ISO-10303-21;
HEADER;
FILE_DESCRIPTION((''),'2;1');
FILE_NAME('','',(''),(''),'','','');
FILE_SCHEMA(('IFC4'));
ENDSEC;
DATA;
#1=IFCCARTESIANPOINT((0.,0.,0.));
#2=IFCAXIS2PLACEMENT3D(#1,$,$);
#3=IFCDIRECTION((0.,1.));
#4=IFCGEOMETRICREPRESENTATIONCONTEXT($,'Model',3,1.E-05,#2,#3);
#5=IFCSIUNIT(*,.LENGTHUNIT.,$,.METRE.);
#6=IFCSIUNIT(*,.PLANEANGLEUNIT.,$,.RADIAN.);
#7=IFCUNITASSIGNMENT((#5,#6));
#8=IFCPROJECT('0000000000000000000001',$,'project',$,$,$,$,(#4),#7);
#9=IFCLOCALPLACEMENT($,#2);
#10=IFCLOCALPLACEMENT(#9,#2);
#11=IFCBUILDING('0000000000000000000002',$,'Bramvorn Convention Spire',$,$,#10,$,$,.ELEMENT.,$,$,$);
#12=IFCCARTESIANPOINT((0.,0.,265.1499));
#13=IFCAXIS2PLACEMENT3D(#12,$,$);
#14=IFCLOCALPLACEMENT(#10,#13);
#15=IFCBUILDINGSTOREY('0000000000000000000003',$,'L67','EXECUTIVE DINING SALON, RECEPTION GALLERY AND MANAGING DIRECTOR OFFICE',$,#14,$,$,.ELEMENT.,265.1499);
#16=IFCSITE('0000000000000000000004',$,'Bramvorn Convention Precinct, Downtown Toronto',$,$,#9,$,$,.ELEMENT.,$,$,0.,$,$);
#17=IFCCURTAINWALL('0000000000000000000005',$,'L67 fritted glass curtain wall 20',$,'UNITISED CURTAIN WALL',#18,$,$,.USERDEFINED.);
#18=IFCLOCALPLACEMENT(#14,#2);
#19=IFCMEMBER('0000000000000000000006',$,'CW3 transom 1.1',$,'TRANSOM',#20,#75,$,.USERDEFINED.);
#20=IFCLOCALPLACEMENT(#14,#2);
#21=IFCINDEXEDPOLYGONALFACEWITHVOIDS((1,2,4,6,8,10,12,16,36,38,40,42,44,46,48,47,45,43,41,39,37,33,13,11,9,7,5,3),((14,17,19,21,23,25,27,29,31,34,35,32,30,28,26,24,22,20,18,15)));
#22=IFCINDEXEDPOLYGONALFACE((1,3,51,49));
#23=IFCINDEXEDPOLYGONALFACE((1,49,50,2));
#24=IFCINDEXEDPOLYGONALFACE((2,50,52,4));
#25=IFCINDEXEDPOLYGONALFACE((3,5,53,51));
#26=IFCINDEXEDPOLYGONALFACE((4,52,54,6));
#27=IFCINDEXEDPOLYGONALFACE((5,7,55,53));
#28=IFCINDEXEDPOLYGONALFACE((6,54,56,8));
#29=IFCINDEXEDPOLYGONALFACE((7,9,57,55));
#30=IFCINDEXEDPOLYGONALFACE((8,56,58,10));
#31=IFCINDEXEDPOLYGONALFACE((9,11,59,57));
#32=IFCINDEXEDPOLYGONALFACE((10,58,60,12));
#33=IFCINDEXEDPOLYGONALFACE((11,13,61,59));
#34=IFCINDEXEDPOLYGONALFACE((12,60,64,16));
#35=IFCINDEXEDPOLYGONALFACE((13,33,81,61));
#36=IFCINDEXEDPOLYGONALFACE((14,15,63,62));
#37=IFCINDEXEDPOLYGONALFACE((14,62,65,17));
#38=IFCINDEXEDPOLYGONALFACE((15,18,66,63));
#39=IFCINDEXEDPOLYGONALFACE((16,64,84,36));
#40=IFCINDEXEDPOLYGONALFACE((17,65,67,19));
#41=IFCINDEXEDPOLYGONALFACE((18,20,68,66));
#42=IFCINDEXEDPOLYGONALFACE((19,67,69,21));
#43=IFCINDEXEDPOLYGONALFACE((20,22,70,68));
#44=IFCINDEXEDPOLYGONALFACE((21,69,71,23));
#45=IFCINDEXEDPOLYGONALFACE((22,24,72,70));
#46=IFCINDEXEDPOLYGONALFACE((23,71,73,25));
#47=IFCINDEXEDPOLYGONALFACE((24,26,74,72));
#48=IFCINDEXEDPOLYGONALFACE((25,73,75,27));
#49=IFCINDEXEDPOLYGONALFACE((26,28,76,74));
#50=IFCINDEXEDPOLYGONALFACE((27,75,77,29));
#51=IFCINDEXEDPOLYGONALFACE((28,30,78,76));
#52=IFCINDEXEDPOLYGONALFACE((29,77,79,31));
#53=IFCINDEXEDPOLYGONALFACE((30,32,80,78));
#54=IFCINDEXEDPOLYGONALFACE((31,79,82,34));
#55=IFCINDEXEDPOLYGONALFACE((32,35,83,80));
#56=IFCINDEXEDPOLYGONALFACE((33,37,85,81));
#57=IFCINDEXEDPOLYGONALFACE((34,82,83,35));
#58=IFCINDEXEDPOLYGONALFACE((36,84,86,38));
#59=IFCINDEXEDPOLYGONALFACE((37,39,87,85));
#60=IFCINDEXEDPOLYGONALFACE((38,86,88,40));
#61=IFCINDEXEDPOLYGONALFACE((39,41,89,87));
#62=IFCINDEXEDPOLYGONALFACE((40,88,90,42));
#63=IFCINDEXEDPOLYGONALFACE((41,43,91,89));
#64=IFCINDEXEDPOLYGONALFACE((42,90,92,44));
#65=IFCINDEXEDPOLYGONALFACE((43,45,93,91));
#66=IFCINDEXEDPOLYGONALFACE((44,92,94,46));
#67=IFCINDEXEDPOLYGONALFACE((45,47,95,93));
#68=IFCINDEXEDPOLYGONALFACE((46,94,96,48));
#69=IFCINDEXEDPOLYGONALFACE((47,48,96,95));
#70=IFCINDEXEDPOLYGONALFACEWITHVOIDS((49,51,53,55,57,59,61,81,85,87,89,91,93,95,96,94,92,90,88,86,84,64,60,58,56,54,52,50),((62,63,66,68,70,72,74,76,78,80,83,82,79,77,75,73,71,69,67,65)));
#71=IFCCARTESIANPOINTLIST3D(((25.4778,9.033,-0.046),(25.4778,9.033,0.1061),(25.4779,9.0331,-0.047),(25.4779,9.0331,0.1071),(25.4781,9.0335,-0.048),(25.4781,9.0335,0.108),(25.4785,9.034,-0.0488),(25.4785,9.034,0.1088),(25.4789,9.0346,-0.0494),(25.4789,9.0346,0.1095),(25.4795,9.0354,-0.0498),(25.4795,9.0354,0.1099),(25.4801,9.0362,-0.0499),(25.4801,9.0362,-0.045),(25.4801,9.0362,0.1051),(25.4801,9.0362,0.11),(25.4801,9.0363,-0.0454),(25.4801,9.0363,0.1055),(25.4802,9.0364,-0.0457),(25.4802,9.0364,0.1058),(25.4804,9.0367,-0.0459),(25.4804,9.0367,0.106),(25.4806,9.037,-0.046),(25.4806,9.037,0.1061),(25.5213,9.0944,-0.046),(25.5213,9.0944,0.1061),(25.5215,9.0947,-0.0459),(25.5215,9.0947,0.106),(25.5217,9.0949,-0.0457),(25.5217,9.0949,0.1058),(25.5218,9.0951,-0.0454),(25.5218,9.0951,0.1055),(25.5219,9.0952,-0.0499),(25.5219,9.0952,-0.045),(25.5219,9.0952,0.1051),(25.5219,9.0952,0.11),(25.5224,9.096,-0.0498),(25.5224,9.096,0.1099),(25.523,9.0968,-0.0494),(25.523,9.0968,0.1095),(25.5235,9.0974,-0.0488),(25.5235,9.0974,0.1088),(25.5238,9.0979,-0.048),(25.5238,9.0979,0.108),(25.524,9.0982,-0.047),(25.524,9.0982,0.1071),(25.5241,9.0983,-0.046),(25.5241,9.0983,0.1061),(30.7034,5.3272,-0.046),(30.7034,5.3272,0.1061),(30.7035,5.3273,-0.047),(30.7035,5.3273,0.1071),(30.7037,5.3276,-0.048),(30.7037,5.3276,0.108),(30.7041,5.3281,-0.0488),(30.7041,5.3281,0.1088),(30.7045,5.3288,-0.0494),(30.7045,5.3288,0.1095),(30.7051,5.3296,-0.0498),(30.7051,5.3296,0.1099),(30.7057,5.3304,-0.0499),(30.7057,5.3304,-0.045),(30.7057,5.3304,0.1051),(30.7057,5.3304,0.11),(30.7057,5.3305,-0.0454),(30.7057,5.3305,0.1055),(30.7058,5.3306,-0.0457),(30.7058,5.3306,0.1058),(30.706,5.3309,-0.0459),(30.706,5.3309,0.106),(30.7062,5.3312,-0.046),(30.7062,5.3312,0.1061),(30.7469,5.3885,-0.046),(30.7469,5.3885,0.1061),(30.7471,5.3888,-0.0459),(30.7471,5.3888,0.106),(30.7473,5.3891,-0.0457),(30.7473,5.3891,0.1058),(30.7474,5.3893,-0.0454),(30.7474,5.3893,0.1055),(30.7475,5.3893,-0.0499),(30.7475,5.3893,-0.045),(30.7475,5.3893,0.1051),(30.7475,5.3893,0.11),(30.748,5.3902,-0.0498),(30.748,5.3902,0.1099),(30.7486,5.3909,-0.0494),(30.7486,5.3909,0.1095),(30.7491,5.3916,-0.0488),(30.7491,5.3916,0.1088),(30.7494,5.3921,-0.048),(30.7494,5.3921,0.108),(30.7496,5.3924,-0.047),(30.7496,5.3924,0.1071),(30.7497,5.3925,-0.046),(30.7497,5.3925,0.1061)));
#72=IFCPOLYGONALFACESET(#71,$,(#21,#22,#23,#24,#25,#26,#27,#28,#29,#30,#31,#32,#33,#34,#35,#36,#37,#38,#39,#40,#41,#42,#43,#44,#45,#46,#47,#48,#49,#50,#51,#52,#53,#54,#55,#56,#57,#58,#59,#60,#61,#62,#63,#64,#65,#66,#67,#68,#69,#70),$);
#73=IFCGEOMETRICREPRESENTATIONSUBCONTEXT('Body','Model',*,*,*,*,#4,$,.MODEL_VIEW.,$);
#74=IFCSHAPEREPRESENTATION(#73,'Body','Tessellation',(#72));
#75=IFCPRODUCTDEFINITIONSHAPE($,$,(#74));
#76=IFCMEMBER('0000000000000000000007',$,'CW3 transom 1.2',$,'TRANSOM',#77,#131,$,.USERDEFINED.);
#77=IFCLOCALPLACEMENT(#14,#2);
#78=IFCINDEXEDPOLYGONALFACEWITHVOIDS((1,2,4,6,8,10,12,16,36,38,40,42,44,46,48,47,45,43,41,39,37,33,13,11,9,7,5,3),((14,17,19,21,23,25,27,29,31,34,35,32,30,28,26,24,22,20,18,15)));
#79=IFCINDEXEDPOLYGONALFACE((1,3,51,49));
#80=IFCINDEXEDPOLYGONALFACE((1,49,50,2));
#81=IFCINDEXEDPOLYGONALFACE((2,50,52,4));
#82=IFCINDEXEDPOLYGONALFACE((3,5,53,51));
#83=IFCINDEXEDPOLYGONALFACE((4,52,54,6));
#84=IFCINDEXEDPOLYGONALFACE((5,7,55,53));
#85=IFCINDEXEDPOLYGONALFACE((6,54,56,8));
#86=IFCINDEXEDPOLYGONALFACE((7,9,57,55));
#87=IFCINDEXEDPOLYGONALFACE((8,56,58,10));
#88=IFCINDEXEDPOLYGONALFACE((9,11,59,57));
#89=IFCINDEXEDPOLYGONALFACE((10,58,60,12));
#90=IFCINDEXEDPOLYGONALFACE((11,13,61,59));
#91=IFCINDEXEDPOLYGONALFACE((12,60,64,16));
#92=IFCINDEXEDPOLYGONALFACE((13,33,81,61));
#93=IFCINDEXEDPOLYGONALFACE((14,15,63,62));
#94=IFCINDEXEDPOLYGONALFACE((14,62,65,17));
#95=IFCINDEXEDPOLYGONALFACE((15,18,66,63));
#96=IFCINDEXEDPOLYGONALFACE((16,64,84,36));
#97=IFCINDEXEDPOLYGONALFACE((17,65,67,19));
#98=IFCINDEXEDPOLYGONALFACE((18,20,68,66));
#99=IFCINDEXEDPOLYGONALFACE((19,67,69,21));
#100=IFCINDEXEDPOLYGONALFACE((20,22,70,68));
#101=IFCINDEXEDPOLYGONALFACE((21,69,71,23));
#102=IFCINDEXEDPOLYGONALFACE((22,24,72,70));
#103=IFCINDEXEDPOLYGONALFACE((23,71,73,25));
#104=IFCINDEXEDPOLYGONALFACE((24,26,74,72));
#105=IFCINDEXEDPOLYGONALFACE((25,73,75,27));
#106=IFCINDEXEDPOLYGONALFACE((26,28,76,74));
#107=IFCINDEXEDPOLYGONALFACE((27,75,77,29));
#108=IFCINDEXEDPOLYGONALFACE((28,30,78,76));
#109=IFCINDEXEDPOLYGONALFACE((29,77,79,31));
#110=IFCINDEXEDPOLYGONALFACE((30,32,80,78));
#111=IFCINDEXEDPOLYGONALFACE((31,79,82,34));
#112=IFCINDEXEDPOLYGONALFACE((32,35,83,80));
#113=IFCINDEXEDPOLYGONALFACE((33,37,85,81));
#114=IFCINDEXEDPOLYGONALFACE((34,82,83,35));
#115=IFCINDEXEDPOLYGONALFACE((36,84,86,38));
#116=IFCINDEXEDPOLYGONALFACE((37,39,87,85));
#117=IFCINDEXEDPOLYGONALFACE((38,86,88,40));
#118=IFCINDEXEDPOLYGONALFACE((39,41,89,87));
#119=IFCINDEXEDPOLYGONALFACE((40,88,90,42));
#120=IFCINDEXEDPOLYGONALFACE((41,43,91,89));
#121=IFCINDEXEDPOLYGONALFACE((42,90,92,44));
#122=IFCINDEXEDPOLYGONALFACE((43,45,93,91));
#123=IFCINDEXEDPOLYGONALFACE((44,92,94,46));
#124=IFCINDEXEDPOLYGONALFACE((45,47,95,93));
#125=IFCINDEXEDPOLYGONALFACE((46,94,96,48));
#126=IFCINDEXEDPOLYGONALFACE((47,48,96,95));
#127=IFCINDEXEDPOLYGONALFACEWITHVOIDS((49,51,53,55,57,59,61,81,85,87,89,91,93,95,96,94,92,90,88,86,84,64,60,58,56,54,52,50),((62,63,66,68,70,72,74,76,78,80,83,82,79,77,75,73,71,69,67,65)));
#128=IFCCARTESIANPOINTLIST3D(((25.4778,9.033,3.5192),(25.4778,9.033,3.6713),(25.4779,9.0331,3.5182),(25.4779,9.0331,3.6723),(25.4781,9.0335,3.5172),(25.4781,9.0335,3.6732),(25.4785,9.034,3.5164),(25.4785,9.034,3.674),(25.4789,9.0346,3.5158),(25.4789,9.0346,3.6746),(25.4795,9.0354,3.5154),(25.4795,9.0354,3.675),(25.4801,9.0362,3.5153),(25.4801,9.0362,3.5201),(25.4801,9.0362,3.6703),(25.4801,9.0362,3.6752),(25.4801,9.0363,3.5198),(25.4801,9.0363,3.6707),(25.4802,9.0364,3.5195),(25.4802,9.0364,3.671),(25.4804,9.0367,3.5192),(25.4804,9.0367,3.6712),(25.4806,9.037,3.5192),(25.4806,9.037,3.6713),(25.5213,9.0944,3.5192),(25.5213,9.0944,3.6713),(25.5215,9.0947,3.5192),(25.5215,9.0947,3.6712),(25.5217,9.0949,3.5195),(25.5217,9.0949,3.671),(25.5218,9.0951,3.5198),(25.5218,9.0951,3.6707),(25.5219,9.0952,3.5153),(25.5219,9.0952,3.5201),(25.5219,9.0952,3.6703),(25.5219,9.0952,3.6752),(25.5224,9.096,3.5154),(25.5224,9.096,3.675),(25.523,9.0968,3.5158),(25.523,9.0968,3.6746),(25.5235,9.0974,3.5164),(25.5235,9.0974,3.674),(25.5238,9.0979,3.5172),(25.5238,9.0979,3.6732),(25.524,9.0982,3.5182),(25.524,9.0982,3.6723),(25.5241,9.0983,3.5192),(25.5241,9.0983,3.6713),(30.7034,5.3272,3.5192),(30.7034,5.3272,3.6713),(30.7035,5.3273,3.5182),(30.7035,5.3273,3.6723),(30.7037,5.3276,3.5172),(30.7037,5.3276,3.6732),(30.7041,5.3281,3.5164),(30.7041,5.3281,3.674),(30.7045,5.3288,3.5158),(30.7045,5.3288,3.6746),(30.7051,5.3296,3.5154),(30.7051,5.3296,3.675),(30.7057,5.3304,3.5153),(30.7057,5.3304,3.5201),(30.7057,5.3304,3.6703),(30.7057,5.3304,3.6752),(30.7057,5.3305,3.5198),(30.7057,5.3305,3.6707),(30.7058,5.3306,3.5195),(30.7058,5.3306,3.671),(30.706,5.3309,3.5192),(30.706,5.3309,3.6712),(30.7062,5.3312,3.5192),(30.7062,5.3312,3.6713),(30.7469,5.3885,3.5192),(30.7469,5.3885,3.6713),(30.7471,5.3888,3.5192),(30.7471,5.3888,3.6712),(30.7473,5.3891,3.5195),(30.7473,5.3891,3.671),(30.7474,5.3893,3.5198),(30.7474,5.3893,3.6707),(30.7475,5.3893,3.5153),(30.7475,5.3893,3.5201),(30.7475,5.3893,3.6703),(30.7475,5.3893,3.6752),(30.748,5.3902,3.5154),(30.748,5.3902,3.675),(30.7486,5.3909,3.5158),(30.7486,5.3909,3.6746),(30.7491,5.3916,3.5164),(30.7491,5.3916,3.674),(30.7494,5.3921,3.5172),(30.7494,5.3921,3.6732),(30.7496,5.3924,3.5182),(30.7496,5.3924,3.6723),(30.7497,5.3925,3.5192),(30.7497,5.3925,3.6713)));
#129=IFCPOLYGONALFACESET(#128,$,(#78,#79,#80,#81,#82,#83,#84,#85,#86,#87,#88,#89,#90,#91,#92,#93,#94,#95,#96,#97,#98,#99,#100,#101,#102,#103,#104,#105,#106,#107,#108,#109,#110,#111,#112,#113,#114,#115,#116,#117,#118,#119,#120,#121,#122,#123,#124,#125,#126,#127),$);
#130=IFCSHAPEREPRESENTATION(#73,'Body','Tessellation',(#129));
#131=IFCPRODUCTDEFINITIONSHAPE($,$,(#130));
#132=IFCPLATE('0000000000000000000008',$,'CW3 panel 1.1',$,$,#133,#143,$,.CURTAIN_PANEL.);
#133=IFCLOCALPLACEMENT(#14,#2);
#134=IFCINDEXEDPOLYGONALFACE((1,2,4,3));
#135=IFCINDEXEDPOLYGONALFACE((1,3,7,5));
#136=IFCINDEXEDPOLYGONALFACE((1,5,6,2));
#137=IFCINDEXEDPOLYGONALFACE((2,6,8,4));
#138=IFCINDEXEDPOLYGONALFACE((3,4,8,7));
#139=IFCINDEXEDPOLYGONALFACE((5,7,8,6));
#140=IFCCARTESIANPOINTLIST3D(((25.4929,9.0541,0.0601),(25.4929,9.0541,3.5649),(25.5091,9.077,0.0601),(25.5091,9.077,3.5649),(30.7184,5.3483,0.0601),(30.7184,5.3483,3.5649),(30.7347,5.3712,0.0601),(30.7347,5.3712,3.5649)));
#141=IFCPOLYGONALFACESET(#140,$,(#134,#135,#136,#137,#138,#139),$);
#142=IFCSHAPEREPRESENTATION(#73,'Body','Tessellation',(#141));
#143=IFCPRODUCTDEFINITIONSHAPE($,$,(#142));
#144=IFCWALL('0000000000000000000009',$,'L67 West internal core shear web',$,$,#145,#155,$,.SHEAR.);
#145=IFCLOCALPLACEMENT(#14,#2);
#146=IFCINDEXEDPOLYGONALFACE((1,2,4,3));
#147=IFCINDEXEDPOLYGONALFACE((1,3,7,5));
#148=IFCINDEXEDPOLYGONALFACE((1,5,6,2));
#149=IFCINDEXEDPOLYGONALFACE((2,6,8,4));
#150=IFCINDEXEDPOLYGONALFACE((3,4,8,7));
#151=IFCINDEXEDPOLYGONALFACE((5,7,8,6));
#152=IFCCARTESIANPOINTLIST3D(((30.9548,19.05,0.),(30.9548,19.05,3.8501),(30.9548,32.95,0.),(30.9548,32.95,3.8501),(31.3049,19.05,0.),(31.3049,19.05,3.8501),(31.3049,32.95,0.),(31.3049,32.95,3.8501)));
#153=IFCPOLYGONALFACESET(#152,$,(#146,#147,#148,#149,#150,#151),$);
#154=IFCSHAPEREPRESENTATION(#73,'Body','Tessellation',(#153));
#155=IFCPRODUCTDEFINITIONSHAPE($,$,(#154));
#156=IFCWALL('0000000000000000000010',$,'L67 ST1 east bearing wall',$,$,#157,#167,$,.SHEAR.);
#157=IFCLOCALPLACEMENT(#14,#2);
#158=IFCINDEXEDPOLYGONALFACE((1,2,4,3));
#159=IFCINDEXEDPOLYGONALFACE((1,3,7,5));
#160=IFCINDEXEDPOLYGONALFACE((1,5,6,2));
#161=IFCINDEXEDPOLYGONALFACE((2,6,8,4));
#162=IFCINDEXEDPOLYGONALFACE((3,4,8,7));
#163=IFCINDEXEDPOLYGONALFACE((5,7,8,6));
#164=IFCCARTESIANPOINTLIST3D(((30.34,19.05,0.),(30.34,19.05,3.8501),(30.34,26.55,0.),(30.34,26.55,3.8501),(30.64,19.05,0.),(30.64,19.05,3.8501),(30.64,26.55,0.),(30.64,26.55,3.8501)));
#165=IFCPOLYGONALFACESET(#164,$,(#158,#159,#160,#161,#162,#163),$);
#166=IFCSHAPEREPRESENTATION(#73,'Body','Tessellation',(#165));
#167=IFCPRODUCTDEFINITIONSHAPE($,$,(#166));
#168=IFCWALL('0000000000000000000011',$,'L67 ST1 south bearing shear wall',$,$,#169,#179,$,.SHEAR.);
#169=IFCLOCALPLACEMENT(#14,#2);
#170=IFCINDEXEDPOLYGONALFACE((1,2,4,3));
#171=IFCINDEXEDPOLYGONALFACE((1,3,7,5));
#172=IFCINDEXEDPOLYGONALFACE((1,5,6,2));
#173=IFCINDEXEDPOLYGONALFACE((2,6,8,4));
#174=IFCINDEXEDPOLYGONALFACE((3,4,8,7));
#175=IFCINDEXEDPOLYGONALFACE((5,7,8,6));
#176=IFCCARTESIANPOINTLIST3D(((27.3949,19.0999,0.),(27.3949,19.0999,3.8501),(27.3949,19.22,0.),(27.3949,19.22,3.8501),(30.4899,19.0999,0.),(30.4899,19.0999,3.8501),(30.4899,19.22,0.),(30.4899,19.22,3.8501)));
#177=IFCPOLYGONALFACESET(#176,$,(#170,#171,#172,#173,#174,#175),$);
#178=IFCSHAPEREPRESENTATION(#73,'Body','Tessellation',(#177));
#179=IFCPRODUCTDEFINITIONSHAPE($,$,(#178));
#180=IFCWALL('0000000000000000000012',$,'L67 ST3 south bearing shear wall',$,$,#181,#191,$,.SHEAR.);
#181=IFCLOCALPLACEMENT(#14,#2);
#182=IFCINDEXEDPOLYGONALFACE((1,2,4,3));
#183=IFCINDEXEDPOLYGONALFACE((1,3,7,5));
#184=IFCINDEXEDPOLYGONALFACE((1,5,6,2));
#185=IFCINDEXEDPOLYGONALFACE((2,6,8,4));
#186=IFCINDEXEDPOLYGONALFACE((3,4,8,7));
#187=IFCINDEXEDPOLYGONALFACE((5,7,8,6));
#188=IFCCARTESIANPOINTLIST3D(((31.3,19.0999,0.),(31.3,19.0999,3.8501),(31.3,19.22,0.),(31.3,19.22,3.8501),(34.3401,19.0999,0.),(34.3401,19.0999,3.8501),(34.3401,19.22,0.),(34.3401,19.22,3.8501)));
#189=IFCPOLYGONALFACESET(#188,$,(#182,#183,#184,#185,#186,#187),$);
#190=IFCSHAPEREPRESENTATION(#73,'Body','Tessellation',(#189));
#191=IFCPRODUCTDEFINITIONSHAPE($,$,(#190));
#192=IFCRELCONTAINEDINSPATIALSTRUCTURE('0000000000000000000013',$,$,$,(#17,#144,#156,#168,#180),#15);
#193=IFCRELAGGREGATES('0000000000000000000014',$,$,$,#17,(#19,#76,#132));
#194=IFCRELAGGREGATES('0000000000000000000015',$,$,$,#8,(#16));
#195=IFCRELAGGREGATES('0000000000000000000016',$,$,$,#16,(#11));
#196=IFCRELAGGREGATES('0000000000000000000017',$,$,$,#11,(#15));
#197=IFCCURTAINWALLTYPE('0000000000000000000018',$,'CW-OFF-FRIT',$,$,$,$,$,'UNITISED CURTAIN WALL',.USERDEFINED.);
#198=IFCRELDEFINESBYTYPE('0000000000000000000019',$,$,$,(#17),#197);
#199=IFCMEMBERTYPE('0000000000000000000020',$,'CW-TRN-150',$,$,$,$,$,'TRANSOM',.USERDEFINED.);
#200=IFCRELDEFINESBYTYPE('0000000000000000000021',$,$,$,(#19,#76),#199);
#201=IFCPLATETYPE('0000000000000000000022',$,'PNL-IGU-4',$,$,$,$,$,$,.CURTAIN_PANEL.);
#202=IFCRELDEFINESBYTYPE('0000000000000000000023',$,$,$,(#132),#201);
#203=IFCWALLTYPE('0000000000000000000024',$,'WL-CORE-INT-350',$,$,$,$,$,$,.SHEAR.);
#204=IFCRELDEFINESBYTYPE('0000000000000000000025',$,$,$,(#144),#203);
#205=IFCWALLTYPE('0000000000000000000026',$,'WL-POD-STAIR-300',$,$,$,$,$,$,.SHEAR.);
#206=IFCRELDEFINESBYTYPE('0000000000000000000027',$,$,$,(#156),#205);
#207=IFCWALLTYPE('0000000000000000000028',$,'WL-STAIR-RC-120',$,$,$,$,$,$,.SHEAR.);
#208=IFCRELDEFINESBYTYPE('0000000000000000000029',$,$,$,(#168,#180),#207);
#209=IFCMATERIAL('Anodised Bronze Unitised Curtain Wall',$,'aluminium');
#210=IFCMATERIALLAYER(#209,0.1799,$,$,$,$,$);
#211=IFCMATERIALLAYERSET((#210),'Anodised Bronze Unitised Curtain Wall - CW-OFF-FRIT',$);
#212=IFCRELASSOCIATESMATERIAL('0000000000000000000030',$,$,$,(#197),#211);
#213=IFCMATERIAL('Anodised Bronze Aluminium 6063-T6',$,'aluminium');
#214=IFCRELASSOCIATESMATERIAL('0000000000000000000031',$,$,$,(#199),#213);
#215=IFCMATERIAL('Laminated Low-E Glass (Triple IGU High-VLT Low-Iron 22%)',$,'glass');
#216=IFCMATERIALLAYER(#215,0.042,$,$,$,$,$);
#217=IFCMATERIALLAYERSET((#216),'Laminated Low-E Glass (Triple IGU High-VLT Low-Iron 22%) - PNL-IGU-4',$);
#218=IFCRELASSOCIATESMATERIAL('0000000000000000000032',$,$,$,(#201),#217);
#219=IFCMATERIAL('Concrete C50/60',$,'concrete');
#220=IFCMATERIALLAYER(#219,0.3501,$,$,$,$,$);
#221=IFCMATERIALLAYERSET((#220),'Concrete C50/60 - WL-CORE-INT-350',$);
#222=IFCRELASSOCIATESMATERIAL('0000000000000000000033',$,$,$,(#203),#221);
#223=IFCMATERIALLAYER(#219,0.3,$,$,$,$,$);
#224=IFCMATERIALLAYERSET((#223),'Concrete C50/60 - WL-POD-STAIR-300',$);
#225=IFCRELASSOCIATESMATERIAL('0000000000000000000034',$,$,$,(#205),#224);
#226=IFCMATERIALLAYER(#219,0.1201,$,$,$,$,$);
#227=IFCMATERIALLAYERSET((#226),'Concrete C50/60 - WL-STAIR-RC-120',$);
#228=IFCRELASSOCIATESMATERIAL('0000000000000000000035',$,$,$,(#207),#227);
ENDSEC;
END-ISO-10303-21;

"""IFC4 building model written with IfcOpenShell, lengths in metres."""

from ifc_helpers import new_model, si_unit, direction, frame, frame_2d, origin, origin_2d, place, context, subcontext, project, spatial, rectangle, hollow_rectangle, extrude, material, layer, layer_set, material_profile, profile_set, type_object, element, aggregate, save


model = new_model("IFC4")

# Units and contexts
model_context = context("Model", 3, precision=1e-05, world=origin(), true_north=direction((0.0, 1.0)))
body_context = subcontext(model_context, "Body", "Model", "MODEL_VIEW")
ifc_project = project(units=[si_unit("LENGTHUNIT", "METRE"), si_unit("PLANEANGLEUNIT", "RADIAN")], contexts=[model_context])

# Site, building, storey
site_placement = place(None, origin())
site = spatial("IfcSite", under=ifc_project, at=site_placement, Name="Bramvorn Convention Precinct, Downtown Toronto", CompositionType="ELEMENT", RefElevation=0.0)
building_placement = place(site_placement, origin())
building = spatial("IfcBuilding", under=site, at=building_placement, Name="Bramvorn Convention Spire", CompositionType="ELEMENT")
storey_placement = place(building_placement, frame((0.0, 0.0, 265.1499)))
storey = spatial("IfcBuildingStorey", under=building, at=storey_placement, Name="L67", Description="EXECUTIVE DINING SALON, RECEPTION GALLERY AND MANAGING DIRECTOR OFFICE", CompositionType="ELEMENT", Elevation=265.1499)

# Curtain wall, members, plate
ifc_material_1 = material(Name="Anodised Bronze Unitised Curtain Wall", Category="aluminium")
ifc_layer_1 = layer(ifc_material_1, 0.1799)
ifc_layer_set_1 = layer_set([ifc_layer_1], Name="Anodised Bronze Unitised Curtain Wall - CW-OFF-FRIT")
curtain_wall_type = type_object("IfcCurtainWallType", Name="CW-OFF-FRIT", ElementType="UNITISED CURTAIN WALL", PredefinedType="USERDEFINED", material=ifc_layer_set_1)
curtain_wall_placement = place(storey_placement, origin())
curtain_wall = element("IfcCurtainWall", 1, at=curtain_wall_placement, inside=storey, type_object=curtain_wall_type, Name="L67 fritted glass curtain wall 20", ObjectType="UNITISED CURTAIN WALL", PredefinedType="USERDEFINED")
ifc_material_2 = material(Name="Anodised Bronze Aluminium 6063-T6", Category="aluminium")
ifc_material_profile_1 = material_profile(ifc_material_2, hollow_rectangle(XDim=0.0801, YDim=0.1599, WallThickness=0.0039, InnerFilletRadius=0.001, OuterFilletRadius=0.0039, at=origin_2d()))
ifc_profile_set_1 = profile_set([ifc_material_profile_1], Name="Anodised Bronze Aluminium 6063-T6 - CWT80X160")
member_type_1 = type_object("IfcMemberType", Name="CW-TRN-150", ElementType="TRANSOM", PredefinedType="USERDEFINED", material=ifc_profile_set_1)
member_1_placement = place(storey_placement, frame((30.7266, 5.3599, 0.03), z_axis=(-0.815704, 0.57847, 0.0), x_axis=(-0.57847, -0.815704, 0.0)))
member_1 = element("IfcMember", 2, at=member_1_placement, type_object=member_type_1, Name="CW3 transom 1.1", ObjectType="TRANSOM", PredefinedType="USERDEFINED", context=body_context, shape_type="SweptSolid", body=[
    extrude(hollow_rectangle(XDim=0.0801, YDim=0.1599, WallThickness=0.0039, InnerFilletRadius=0.001, OuterFilletRadius=0.0039, at=origin_2d()), origin(), (0.0, 0.0, 1.0), 6.4062),
])
member_2_placement = place(storey_placement, frame((30.7266, 5.3599, 3.5952), z_axis=(-0.815704, 0.57847, 0.0), x_axis=(-0.57847, -0.815704, 0.0)))
member_2 = element("IfcMember", 3, at=member_2_placement, type_object=member_type_1, Name="CW3 transom 1.2", ObjectType="TRANSOM", PredefinedType="USERDEFINED", context=body_context, shape_type="SweptSolid", body=[
    extrude(hollow_rectangle(XDim=0.0801, YDim=0.1599, WallThickness=0.0039, InnerFilletRadius=0.001, OuterFilletRadius=0.0039, at=origin_2d()), origin(), (0.0, 0.0, 1.0), 6.4062),
])
ifc_material_3 = material(Name="Laminated Low-E Glass (Triple IGU High-VLT Low-Iron 22%)", Category="glass")
ifc_layer_2 = layer(ifc_material_3, 0.042)
ifc_layer_set_2 = layer_set([ifc_layer_2], Name="Laminated Low-E Glass (Triple IGU High-VLT Low-Iron 22%) - PNL-IGU-4")
plate_type = type_object("IfcPlateType", Name="PNL-IGU-4", PredefinedType="CURTAIN_PANEL", material=ifc_layer_set_2)
plate_placement = place(storey_placement, frame((28.1138, 7.2126, 0.0601), z_axis=(0.0, 0.0, 1.0), x_axis=(-0.815702, 0.578472, 0.0)))
plate = element("IfcPlate", 4, at=plate_placement, type_object=plate_type, Name="CW3 panel 1.1", PredefinedType="CURTAIN_PANEL", context=body_context, shape_type="SweptSolid", body=[
    extrude(rectangle(XDim=6.4062, YDim=0.0281, at=origin_2d()), origin(), (0.0, 0.0, 1.0), 3.5049),
])
aggregate(curtain_wall, [member_1, member_2, plate])

# Walls
ifc_material_4 = material(Name="Concrete C50/60", Category="concrete")
ifc_layer_3 = layer(ifc_material_4, 0.3501)
ifc_layer_set_3 = layer_set([ifc_layer_3], Name="Concrete C50/60 - WL-CORE-INT-350")
wall_type_1 = type_object("IfcWallType", Name="WL-CORE-INT-350", PredefinedType="SHEAR", material=ifc_layer_set_3)
wall_1_placement = place(storey_placement, frame((31.1299, 19.05, 0.0), z_axis=(0.0, 0.0, 1.0), x_axis=(0.0, 1.0, 0.0)))
element("IfcWall", 5, at=wall_1_placement, inside=storey, type_object=wall_type_1, Name="L67 West internal core shear web", PredefinedType="SHEAR", context=body_context, shape_type="SweptSolid", body=[
    extrude(rectangle(XDim=13.8999, YDim=0.3501, at=frame_2d((6.95, 0.0))), origin(), (0.0, 0.0, 1.0), 3.8501),
])
ifc_layer_4 = layer(ifc_material_4, 0.3)
ifc_layer_set_4 = layer_set([ifc_layer_4], Name="Concrete C50/60 - WL-POD-STAIR-300")
wall_type_2 = type_object("IfcWallType", Name="WL-POD-STAIR-300", PredefinedType="SHEAR", material=ifc_layer_set_4)
wall_2_placement = place(storey_placement, frame((30.49, 19.05, 0.0), z_axis=(0.0, 0.0, 1.0), x_axis=(0.0, 1.0, 0.0)))
element("IfcWall", 6, at=wall_2_placement, inside=storey, type_object=wall_type_2, Name="L67 ST1 east bearing wall", PredefinedType="SHEAR", context=body_context, shape_type="SweptSolid", body=[
    extrude(rectangle(XDim=7.5, YDim=0.3, at=frame_2d((3.75, 0.0))), origin(), (0.0, 0.0, 1.0), 3.8501),
])
ifc_layer_5 = layer(ifc_material_4, 0.1201)
ifc_layer_set_5 = layer_set([ifc_layer_5], Name="Concrete C50/60 - WL-STAIR-RC-120")
wall_type_3 = type_object("IfcWallType", Name="WL-STAIR-RC-120", PredefinedType="SHEAR", material=ifc_layer_set_5)
wall_3_placement = place(storey_placement, frame((27.395, 19.1599, 0.0), z_axis=(0.0, 0.0, 1.0), x_axis=(1.0, 0.0, 0.0)))
element("IfcWall", 7, at=wall_3_placement, inside=storey, type_object=wall_type_3, Name="L67 ST1 south bearing shear wall", PredefinedType="SHEAR", context=body_context, shape_type="SweptSolid", body=[
    extrude(rectangle(XDim=3.095, YDim=0.1201, at=frame_2d((1.5474, 0.0))), origin(), (0.0, 0.0, 1.0), 3.8501),
])
wall_4_placement = place(storey_placement, frame((31.3, 19.1599, 0.0), z_axis=(0.0, 0.0, 1.0), x_axis=(1.0, 0.0, 0.0)))
element("IfcWall", 8, at=wall_4_placement, inside=storey, type_object=wall_type_3, Name="L67 ST3 south bearing shear wall", PredefinedType="SHEAR", context=body_context, shape_type="SweptSolid", body=[
    extrude(rectangle(XDim=3.04, YDim=0.1201, at=frame_2d((1.52, 0.0))), origin(), (0.0, 0.0, 1.0), 3.8501),
])

save(model, "model.ifc")
